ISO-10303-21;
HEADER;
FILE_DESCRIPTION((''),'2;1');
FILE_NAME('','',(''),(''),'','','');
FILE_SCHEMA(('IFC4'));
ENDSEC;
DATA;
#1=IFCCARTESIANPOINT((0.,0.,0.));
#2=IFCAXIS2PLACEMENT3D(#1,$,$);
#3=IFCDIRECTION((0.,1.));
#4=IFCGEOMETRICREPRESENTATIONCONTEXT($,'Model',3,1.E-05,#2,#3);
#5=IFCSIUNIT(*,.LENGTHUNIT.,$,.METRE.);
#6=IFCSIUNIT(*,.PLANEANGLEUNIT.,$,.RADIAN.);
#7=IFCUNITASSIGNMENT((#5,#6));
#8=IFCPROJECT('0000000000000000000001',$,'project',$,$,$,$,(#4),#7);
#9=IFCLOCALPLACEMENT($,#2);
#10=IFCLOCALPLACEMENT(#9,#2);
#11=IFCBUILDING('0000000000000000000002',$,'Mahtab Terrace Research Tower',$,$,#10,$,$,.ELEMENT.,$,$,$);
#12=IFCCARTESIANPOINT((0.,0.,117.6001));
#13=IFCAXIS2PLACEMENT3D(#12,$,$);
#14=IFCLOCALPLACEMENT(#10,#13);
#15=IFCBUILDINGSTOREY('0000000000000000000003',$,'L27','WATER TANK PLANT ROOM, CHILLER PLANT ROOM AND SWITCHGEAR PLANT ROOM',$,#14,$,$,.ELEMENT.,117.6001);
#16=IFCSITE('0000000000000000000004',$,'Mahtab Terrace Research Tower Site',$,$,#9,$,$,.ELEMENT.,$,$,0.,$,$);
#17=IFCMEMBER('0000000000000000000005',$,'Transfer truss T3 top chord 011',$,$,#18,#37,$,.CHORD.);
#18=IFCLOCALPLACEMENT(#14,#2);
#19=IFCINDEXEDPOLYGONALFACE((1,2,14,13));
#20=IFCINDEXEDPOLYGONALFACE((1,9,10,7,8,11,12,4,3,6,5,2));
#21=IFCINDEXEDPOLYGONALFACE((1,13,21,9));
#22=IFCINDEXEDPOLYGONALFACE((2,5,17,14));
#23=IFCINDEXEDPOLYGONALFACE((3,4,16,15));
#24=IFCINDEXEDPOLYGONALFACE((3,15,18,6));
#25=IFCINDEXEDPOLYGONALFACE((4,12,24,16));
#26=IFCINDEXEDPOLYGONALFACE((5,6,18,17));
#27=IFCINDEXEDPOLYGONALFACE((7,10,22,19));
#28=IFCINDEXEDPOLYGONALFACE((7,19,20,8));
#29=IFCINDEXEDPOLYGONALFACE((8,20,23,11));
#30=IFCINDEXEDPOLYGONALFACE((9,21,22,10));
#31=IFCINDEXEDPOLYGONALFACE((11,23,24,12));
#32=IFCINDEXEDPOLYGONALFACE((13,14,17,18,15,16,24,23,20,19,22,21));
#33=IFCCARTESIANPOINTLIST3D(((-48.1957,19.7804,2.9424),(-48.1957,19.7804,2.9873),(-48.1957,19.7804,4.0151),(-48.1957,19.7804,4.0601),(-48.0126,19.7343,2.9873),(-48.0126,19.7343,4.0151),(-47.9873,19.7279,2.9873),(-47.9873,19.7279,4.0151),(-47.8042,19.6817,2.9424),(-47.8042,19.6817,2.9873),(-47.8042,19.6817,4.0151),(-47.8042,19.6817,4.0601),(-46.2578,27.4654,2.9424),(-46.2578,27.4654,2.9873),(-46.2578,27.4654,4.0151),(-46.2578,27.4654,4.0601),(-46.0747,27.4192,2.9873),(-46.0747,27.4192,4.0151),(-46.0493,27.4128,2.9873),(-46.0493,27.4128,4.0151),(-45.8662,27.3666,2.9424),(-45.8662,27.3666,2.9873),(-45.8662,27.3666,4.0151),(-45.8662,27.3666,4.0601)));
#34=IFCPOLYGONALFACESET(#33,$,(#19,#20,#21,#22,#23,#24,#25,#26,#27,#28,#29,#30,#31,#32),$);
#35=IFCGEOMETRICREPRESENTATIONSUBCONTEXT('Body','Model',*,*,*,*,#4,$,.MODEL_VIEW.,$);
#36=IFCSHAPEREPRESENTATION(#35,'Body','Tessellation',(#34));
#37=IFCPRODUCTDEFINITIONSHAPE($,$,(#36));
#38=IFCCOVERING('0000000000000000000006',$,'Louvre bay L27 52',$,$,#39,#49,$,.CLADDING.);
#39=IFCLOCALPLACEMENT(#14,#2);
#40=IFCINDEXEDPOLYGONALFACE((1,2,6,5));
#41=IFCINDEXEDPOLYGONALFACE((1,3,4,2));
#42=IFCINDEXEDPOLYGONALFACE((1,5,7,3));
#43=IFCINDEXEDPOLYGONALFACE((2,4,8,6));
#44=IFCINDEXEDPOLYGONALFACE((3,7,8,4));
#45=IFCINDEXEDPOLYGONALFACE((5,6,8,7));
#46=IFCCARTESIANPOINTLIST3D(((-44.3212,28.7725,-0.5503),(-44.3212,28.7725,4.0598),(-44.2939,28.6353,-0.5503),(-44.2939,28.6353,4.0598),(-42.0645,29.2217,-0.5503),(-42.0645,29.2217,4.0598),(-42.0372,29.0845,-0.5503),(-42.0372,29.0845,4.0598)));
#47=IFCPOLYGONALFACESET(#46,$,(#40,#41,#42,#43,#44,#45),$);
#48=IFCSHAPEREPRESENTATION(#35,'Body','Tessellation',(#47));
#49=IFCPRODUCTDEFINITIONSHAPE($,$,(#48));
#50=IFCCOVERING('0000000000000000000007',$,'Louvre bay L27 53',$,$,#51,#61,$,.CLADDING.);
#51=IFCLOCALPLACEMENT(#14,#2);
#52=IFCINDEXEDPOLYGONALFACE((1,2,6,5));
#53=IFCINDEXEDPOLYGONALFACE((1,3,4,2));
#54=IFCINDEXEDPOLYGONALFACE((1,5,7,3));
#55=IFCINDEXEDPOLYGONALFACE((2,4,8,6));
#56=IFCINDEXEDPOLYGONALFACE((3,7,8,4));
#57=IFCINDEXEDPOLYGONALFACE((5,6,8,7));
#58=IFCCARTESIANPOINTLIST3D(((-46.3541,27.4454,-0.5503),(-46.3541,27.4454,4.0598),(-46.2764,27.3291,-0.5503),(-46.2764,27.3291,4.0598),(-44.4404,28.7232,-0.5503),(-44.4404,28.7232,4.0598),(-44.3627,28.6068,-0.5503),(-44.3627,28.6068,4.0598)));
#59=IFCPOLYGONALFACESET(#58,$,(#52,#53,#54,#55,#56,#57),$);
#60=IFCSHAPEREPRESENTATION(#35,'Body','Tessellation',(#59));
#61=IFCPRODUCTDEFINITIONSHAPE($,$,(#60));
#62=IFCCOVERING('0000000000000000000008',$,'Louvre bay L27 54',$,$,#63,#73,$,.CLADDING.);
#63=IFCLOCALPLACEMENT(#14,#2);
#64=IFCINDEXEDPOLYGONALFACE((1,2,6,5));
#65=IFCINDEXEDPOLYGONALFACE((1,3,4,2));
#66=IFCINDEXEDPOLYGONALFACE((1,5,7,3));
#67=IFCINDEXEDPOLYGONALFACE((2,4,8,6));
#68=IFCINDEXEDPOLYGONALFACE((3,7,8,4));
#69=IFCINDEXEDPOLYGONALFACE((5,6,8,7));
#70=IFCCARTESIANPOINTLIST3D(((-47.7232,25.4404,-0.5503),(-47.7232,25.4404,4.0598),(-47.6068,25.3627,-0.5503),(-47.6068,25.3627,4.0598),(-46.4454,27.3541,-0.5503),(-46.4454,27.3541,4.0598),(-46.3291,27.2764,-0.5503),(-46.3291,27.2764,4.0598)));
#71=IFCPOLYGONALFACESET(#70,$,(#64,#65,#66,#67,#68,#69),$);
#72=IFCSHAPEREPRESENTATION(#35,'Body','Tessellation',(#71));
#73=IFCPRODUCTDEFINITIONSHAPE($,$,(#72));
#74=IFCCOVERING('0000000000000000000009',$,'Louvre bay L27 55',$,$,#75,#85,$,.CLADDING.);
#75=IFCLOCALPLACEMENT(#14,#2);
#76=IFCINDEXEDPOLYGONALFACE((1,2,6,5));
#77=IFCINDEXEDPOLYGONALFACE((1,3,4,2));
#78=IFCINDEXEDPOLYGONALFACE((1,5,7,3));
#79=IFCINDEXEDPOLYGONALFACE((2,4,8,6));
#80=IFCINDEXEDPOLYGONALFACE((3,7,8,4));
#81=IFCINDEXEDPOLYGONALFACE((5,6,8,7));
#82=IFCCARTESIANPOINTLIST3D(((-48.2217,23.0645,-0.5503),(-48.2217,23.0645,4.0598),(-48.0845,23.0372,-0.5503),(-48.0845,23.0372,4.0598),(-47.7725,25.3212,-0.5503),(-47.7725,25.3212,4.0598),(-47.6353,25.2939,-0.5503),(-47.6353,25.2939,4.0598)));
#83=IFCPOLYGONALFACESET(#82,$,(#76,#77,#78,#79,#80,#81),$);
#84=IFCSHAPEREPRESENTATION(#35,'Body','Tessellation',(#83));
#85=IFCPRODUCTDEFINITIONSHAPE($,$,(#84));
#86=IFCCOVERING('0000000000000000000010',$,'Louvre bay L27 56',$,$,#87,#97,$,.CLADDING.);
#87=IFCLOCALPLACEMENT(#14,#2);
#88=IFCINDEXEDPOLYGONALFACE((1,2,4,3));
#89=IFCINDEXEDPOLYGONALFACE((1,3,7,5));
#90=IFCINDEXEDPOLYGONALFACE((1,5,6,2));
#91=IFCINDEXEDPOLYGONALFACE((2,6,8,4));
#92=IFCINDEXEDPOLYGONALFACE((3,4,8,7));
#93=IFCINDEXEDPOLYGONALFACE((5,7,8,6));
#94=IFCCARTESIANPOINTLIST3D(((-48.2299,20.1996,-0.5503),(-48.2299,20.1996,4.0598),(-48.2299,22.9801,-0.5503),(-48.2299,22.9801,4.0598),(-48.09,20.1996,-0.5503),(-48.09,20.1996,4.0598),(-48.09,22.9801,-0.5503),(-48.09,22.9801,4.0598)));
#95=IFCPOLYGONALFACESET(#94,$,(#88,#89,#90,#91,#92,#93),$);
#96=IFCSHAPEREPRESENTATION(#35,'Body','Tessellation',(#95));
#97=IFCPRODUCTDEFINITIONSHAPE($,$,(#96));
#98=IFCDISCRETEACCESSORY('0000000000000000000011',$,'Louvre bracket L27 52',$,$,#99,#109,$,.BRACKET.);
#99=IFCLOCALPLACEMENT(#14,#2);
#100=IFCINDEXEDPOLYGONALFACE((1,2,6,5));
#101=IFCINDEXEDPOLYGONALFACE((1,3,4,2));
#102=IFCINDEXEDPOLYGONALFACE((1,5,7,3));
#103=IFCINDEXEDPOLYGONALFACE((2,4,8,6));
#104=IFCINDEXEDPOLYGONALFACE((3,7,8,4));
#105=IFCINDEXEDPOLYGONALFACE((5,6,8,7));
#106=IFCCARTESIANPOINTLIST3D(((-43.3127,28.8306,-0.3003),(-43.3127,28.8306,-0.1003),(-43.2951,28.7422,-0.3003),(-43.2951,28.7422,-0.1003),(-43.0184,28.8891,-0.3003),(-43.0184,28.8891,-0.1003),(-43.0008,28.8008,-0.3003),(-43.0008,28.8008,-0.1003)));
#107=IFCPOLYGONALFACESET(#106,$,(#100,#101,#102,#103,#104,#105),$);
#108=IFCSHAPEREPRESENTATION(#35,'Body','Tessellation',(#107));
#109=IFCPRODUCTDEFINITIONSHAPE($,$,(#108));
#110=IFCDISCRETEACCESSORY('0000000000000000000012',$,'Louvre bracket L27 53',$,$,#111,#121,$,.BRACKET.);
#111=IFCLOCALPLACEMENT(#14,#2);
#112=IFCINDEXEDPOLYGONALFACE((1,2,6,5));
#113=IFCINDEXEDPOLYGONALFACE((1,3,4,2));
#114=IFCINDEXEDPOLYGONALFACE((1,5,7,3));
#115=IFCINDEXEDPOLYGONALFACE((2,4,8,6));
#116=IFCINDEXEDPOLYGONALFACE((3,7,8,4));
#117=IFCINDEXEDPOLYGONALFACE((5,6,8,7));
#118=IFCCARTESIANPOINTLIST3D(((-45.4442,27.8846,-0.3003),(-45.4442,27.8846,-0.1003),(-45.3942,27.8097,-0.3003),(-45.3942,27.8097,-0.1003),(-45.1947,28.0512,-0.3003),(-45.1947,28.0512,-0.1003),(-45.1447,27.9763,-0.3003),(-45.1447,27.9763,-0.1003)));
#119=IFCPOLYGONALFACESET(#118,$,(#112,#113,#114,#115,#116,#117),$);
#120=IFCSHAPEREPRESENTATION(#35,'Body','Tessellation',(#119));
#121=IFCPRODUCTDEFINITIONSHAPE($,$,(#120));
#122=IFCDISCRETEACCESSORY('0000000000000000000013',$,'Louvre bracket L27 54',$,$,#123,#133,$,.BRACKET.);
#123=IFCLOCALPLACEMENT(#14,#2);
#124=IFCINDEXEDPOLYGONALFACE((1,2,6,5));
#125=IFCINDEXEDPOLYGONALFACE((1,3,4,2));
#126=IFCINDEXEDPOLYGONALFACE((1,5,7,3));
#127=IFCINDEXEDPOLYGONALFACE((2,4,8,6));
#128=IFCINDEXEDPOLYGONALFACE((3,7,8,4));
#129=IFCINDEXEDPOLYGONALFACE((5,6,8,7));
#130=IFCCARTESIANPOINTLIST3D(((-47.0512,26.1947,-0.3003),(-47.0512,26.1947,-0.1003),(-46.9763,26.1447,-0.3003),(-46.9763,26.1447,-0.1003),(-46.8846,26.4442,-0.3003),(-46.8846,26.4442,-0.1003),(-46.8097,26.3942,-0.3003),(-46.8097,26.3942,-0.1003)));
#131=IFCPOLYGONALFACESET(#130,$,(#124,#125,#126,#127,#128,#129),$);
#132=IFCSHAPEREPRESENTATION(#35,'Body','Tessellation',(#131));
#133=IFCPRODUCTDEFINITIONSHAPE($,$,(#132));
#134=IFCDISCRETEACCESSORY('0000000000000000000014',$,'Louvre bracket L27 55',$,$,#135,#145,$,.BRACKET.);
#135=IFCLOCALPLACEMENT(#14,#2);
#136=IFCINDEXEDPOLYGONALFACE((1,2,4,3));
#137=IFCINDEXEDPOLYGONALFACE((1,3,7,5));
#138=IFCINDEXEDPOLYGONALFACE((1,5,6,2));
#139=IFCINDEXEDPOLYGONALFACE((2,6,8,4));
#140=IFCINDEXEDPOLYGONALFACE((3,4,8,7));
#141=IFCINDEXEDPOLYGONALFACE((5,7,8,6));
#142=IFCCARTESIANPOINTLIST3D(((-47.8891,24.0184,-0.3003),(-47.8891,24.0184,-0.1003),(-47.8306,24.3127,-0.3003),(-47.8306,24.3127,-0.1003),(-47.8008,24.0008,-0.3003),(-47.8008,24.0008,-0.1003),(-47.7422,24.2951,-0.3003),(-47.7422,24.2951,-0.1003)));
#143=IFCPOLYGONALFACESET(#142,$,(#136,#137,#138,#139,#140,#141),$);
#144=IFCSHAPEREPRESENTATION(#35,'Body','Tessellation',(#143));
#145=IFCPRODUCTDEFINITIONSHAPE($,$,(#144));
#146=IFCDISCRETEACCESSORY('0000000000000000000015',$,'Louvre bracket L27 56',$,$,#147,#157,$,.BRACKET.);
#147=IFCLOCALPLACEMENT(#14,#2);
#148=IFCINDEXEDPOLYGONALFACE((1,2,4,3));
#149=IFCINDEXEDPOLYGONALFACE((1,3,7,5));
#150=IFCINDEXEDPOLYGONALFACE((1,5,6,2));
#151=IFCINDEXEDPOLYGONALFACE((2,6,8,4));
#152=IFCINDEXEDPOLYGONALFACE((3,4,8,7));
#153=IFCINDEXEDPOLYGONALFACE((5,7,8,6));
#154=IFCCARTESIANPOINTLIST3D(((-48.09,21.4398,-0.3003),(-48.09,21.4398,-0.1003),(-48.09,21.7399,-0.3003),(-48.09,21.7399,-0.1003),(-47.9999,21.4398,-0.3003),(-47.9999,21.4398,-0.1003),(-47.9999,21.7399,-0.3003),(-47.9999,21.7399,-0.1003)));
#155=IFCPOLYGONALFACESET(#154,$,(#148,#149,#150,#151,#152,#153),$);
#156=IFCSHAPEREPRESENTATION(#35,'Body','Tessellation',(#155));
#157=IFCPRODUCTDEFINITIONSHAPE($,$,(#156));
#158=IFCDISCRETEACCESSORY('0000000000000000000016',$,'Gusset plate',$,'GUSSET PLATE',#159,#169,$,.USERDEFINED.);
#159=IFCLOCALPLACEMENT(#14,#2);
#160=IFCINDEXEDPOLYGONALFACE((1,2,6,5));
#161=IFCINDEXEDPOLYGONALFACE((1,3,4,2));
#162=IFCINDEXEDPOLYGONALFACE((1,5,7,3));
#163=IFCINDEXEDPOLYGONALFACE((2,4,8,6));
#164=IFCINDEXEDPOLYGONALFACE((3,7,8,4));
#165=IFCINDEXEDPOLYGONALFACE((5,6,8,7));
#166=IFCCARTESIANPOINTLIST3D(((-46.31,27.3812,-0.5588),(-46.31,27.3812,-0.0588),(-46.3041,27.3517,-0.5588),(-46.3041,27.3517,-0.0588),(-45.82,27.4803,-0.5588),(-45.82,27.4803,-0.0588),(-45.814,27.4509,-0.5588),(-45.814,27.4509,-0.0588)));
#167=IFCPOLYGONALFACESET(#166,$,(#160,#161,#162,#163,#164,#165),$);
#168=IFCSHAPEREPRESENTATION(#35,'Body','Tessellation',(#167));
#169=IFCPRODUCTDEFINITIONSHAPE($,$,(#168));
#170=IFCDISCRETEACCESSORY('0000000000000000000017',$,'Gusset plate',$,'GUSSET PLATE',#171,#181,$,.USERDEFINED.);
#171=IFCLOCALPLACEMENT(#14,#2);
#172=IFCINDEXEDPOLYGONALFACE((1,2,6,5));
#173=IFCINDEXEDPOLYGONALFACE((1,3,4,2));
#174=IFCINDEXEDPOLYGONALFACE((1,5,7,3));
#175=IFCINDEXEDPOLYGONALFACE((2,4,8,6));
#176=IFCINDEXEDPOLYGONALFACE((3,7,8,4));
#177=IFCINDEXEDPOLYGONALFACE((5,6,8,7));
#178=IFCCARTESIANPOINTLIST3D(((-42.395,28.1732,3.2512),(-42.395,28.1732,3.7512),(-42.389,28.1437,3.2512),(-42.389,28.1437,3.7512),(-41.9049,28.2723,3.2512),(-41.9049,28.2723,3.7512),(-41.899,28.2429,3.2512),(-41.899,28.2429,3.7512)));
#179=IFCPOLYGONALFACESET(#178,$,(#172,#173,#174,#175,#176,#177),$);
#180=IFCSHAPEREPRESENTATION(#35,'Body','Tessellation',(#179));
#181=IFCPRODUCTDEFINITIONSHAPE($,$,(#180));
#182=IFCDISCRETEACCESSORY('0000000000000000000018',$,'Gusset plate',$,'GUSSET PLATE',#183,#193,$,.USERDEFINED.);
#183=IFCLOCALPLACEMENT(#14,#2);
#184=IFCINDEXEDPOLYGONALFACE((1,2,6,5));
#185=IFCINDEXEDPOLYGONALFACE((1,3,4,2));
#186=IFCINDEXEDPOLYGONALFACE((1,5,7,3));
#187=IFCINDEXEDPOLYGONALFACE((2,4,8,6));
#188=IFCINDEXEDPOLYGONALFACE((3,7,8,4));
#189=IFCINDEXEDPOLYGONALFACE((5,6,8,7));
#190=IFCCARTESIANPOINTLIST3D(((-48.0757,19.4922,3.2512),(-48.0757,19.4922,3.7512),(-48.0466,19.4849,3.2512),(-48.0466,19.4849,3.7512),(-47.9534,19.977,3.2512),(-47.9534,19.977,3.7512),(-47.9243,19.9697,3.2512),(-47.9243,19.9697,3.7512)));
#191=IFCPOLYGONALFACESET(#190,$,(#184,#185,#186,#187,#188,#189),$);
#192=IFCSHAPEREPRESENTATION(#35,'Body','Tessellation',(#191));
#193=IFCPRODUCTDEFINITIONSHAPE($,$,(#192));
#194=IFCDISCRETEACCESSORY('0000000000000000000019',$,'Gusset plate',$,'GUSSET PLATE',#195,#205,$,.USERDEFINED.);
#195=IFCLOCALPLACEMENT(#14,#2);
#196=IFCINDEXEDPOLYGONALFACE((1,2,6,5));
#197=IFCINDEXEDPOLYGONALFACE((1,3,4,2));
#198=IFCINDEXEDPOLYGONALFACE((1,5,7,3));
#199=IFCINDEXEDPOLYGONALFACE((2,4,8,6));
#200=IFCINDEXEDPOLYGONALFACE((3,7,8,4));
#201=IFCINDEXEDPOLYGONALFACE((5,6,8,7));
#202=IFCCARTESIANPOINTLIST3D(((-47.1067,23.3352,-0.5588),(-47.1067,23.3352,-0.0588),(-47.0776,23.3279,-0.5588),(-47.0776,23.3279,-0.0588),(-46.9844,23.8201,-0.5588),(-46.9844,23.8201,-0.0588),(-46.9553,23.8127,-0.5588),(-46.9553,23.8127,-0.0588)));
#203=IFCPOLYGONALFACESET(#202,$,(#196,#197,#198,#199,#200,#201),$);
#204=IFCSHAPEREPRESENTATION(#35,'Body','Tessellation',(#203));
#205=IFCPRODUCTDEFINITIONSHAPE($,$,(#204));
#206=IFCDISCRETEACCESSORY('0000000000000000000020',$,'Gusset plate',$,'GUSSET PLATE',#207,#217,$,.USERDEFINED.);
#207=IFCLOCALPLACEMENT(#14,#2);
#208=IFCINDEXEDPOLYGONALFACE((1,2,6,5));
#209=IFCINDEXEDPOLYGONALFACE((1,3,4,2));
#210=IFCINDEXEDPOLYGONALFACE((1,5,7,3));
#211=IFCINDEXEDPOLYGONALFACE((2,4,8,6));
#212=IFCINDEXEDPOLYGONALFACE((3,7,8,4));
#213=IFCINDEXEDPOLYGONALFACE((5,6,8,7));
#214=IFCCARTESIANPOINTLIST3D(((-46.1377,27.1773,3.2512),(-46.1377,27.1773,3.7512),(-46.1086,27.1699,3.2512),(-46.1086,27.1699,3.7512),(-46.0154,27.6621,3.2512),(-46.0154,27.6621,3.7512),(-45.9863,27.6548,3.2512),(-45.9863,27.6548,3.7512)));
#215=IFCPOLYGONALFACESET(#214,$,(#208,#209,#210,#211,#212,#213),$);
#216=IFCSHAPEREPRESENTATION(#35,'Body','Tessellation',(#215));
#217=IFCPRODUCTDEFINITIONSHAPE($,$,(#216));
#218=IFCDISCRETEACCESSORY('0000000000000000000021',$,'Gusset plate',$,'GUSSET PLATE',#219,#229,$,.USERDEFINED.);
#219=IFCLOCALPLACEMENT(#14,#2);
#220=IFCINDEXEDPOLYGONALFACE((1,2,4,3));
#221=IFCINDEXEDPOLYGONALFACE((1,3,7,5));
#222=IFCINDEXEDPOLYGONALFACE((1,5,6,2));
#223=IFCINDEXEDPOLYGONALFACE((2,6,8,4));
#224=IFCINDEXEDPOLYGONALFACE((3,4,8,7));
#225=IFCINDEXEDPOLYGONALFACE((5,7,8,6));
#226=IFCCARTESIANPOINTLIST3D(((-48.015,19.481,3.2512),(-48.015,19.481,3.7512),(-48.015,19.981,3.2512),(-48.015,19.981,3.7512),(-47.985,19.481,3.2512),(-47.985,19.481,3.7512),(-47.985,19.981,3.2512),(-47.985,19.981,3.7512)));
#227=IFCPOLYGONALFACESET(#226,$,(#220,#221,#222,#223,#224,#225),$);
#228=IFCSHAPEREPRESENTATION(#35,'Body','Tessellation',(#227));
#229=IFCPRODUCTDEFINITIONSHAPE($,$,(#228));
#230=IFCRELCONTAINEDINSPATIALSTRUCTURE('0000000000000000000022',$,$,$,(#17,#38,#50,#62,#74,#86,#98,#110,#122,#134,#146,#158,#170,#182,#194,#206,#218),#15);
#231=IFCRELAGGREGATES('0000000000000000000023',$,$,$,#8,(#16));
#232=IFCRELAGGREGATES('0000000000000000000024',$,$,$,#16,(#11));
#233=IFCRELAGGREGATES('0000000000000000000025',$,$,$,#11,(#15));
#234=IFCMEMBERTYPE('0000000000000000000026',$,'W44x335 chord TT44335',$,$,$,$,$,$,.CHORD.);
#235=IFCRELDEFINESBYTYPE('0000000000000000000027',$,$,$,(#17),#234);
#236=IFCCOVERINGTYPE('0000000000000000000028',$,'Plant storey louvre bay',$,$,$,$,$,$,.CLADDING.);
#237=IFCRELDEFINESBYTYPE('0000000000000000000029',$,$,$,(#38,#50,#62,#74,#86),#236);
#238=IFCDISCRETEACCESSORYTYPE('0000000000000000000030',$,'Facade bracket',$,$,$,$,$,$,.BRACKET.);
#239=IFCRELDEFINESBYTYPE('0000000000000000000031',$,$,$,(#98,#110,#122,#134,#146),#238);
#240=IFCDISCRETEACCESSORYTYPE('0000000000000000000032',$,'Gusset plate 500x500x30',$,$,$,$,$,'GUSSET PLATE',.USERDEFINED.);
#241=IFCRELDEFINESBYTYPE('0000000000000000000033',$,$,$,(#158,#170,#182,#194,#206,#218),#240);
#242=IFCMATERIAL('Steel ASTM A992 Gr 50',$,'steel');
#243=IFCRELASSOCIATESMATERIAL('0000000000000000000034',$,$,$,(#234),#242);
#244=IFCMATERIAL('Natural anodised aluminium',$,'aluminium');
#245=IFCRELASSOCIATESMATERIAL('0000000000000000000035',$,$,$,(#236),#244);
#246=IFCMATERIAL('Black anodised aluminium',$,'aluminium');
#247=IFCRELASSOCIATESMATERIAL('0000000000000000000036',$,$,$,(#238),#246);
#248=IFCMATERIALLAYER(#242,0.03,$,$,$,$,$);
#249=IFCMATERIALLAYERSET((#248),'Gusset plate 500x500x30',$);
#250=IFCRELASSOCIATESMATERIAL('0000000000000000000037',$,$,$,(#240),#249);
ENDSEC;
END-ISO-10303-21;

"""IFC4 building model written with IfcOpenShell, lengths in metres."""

from ifc_helpers import new_model, si_unit, direction, frame, origin, origin_2d, place, context, subcontext, project, spatial, rectangle, i_section, extrude, material, layer, layer_set, material_profile, profile_set, type_object, element, save


model = new_model("IFC4")

# Units and contexts
model_context = context("Model", 3, precision=1e-05, world=origin(), true_north=direction((0.0, 1.0)))
body_context = subcontext(model_context, "Body", "Model", "MODEL_VIEW")
ifc_project = project(units=[si_unit("LENGTHUNIT", "METRE"), si_unit("PLANEANGLEUNIT", "RADIAN")], contexts=[model_context])

# Site, building, storey
site_placement = place(None, origin())
site = spatial("IfcSite", under=ifc_project, at=site_placement, Name="Mahtab Terrace Research Tower Site", CompositionType="ELEMENT", RefElevation=0.0)
building_placement = place(site_placement, origin())
building = spatial("IfcBuilding", under=site, at=building_placement, Name="Mahtab Terrace Research Tower", CompositionType="ELEMENT")
storey_placement = place(building_placement, frame((0.0, 0.0, 117.6001)))
storey = spatial("IfcBuildingStorey", under=building, at=storey_placement, Name="L27", Description="WATER TANK PLANT ROOM, CHILLER PLANT ROOM AND SWITCHGEAR PLANT ROOM", CompositionType="ELEMENT", Elevation=117.6001)

# Member
ifc_material_1 = material(Name="Steel ASTM A992 Gr 50", Category="steel")
ifc_material_profile_1 = material_profile(ifc_material_1, i_section(OverallWidth=0.4038, OverallDepth=1.1177, WebThickness=0.0261, FlangeThickness=0.0449, at=origin_2d()), Name="W44X335")
ifc_profile_set_1 = profile_set([ifc_material_profile_1], Name="Steel ASTM A992 Gr 50")
member_type_1 = type_object("IfcMemberType", Name="W44x335 chord TT44335", PredefinedType="CHORD", material=ifc_profile_set_1)
member_1_placement = place(storey_placement, frame((-46.062, 27.416, 3.5012), z_axis=(-0.244521, -0.969644, 0.0), x_axis=(0.969644, -0.244521, 0.0)))
element("IfcMember", 1, at=member_1_placement, inside=storey, type_object=member_type_1, Name="Transfer truss T3 top chord 011", PredefinedType="CHORD", context=body_context, shape_type="SweptSolid", body=[
    extrude(i_section(OverallWidth=0.4038, OverallDepth=1.1177, WebThickness=0.0261, FlangeThickness=0.0449, at=origin_2d()), origin(), (0.0, 0.0, 1.0), 7.9255),
])

# Coverings
ifc_material_2 = material(Name="Natural anodised aluminium", Category="aluminium")
covering_type = type_object("IfcCoveringType", Name="Plant storey louvre bay", PredefinedType="CLADDING", material=ifc_material_2)
for number, where, z_axis, x_axis, name in (
    (2, (-43.1792, 28.9285, -0.5503), (0.0, 0.0, 1.0), (-0.980761, -0.195212, 0.0), "Louvre bay L27 52"),
    (3, (-45.3584, 28.0261, -0.5503), (0.0, 0.0, 1.0), (-0.831656, -0.555291, 0.0), "Louvre bay L27 53"),
    (4, (-47.0261, 26.3584, -0.5503), (0.0, 0.0, 1.0), (-0.555291, -0.831656, 0.0), "Louvre bay L27 54"),
    (5, (-47.9285, 24.1792, -0.5503), (0.0, 0.0, 1.0), (-0.195212, -0.980761, 0.0), "Louvre bay L27 55"),
):
    element("IfcCovering", number, at=place(storey_placement, frame(where, z_axis=z_axis, x_axis=x_axis)), inside=storey, type_object=covering_type, Name=name, PredefinedType="CLADDING", context=body_context, shape_type="SweptSolid", body=[
        extrude(rectangle(XDim=2.301, YDim=0.1399, at=origin_2d()), origin(), (0.0, 0.0, 1.0), 4.6101),
    ])
covering_placement = place(storey_placement, frame((-48.1599, 21.5898, -0.5503), z_axis=(0.0, 0.0, 1.0), x_axis=(0.0, -1.0, 0.0)))
element("IfcCovering", 6, at=covering_placement, inside=storey, type_object=covering_type, Name="Louvre bay L27 56", PredefinedType="CLADDING", context=body_context, shape_type="SweptSolid", body=[
    extrude(rectangle(XDim=2.7805, YDim=0.1399, at=origin_2d()), origin(), (0.0, 0.0, 1.0), 4.6101),
])

# Discrete accessories
ifc_material_3 = material(Name="Black anodised aluminium", Category="aluminium")
discrete_accessory_type_1 = type_object("IfcDiscreteAccessoryType", Name="Facade bracket", PredefinedType="BRACKET", material=ifc_material_3)
for number, where, z_axis, x_axis, name in (
    (7, (-43.1567, 28.8157, -0.3003), (0.0, 0.0, 1.0), (-0.980761, -0.195212, 0.0), "Louvre bracket L27 52"),
    (8, (-45.2944, 27.9304, -0.3003), (0.0, 0.0, 1.0), (-0.831656, -0.555291, 0.0), "Louvre bracket L27 53"),
    (9, (-46.9304, 26.2944, -0.3003), (0.0, 0.0, 1.0), (-0.555291, -0.831656, 0.0), "Louvre bracket L27 54"),
    (10, (-47.8157, 24.1567, -0.3003), (0.0, 0.0, 1.0), (-0.195212, -0.980761, 0.0), "Louvre bracket L27 55"),
    (11, (-48.0449, 21.5898, -0.3003), (0.0, 0.0, 1.0), (0.0, -1.0, 0.0), "Louvre bracket L27 56"),
):
    element("IfcDiscreteAccessory", number, at=place(storey_placement, frame(where, z_axis=z_axis, x_axis=x_axis)), inside=storey, type_object=discrete_accessory_type_1, Name=name, PredefinedType="BRACKET", context=body_context, shape_type="SweptSolid", body=[
        extrude(rectangle(XDim=0.3, YDim=0.0901, at=origin_2d()), origin(), (0.0, 0.0, 1.0), 0.2),
    ])
ifc_layer = layer(ifc_material_1, 0.03)
ifc_layer_set = layer_set([ifc_layer], Name="Gusset plate 500x500x30")
discrete_accessory_type_2 = type_object("IfcDiscreteAccessoryType", Name="Gusset plate 500x500x30", ElementType="GUSSET PLATE", PredefinedType="USERDEFINED", material=ifc_layer_set)
for number, where, z_axis, x_axis, name in (
    (12, (-46.062, 27.416, -0.5588), (0.0, 0.0, 1.0), (0.980143, 0.19829, 0.0), "Gusset plate"),
    (13, (-42.147, 28.208, 3.2512), (0.0, 0.0, 1.0), (0.980143, 0.19829, 0.0), "Gusset plate"),
    (14, (-48.0, 19.731, 3.2512), (0.0, 0.0, 1.0), (0.244495, 0.969651, 0.0), "Gusset plate"),
    (15, (-47.031, 23.574, -0.5588), (0.0, 0.0, 1.0), (0.244495, 0.969651, 0.0), "Gusset plate"),
    (16, (-46.062, 27.416, 3.2512), (0.0, 0.0, 1.0), (0.244546, 0.969638, 0.0), "Gusset plate"),
    (17, (-48.0, 19.731, 3.2512), (0.0, 0.0, 1.0), (0.0, 1.0, 0.0), "Gusset plate"),
):
    element("IfcDiscreteAccessory", number, at=place(storey_placement, frame(where, z_axis=z_axis, x_axis=x_axis)), inside=storey, type_object=discrete_accessory_type_2, Name=name, ObjectType="GUSSET PLATE", PredefinedType="USERDEFINED", context=body_context, shape_type="SweptSolid", body=[
        extrude(rectangle(XDim=0.5, YDim=0.03, at=origin_2d()), origin(), (0.0, 0.0, 1.0), 0.5),
    ])

save(model, "model.ifc")
